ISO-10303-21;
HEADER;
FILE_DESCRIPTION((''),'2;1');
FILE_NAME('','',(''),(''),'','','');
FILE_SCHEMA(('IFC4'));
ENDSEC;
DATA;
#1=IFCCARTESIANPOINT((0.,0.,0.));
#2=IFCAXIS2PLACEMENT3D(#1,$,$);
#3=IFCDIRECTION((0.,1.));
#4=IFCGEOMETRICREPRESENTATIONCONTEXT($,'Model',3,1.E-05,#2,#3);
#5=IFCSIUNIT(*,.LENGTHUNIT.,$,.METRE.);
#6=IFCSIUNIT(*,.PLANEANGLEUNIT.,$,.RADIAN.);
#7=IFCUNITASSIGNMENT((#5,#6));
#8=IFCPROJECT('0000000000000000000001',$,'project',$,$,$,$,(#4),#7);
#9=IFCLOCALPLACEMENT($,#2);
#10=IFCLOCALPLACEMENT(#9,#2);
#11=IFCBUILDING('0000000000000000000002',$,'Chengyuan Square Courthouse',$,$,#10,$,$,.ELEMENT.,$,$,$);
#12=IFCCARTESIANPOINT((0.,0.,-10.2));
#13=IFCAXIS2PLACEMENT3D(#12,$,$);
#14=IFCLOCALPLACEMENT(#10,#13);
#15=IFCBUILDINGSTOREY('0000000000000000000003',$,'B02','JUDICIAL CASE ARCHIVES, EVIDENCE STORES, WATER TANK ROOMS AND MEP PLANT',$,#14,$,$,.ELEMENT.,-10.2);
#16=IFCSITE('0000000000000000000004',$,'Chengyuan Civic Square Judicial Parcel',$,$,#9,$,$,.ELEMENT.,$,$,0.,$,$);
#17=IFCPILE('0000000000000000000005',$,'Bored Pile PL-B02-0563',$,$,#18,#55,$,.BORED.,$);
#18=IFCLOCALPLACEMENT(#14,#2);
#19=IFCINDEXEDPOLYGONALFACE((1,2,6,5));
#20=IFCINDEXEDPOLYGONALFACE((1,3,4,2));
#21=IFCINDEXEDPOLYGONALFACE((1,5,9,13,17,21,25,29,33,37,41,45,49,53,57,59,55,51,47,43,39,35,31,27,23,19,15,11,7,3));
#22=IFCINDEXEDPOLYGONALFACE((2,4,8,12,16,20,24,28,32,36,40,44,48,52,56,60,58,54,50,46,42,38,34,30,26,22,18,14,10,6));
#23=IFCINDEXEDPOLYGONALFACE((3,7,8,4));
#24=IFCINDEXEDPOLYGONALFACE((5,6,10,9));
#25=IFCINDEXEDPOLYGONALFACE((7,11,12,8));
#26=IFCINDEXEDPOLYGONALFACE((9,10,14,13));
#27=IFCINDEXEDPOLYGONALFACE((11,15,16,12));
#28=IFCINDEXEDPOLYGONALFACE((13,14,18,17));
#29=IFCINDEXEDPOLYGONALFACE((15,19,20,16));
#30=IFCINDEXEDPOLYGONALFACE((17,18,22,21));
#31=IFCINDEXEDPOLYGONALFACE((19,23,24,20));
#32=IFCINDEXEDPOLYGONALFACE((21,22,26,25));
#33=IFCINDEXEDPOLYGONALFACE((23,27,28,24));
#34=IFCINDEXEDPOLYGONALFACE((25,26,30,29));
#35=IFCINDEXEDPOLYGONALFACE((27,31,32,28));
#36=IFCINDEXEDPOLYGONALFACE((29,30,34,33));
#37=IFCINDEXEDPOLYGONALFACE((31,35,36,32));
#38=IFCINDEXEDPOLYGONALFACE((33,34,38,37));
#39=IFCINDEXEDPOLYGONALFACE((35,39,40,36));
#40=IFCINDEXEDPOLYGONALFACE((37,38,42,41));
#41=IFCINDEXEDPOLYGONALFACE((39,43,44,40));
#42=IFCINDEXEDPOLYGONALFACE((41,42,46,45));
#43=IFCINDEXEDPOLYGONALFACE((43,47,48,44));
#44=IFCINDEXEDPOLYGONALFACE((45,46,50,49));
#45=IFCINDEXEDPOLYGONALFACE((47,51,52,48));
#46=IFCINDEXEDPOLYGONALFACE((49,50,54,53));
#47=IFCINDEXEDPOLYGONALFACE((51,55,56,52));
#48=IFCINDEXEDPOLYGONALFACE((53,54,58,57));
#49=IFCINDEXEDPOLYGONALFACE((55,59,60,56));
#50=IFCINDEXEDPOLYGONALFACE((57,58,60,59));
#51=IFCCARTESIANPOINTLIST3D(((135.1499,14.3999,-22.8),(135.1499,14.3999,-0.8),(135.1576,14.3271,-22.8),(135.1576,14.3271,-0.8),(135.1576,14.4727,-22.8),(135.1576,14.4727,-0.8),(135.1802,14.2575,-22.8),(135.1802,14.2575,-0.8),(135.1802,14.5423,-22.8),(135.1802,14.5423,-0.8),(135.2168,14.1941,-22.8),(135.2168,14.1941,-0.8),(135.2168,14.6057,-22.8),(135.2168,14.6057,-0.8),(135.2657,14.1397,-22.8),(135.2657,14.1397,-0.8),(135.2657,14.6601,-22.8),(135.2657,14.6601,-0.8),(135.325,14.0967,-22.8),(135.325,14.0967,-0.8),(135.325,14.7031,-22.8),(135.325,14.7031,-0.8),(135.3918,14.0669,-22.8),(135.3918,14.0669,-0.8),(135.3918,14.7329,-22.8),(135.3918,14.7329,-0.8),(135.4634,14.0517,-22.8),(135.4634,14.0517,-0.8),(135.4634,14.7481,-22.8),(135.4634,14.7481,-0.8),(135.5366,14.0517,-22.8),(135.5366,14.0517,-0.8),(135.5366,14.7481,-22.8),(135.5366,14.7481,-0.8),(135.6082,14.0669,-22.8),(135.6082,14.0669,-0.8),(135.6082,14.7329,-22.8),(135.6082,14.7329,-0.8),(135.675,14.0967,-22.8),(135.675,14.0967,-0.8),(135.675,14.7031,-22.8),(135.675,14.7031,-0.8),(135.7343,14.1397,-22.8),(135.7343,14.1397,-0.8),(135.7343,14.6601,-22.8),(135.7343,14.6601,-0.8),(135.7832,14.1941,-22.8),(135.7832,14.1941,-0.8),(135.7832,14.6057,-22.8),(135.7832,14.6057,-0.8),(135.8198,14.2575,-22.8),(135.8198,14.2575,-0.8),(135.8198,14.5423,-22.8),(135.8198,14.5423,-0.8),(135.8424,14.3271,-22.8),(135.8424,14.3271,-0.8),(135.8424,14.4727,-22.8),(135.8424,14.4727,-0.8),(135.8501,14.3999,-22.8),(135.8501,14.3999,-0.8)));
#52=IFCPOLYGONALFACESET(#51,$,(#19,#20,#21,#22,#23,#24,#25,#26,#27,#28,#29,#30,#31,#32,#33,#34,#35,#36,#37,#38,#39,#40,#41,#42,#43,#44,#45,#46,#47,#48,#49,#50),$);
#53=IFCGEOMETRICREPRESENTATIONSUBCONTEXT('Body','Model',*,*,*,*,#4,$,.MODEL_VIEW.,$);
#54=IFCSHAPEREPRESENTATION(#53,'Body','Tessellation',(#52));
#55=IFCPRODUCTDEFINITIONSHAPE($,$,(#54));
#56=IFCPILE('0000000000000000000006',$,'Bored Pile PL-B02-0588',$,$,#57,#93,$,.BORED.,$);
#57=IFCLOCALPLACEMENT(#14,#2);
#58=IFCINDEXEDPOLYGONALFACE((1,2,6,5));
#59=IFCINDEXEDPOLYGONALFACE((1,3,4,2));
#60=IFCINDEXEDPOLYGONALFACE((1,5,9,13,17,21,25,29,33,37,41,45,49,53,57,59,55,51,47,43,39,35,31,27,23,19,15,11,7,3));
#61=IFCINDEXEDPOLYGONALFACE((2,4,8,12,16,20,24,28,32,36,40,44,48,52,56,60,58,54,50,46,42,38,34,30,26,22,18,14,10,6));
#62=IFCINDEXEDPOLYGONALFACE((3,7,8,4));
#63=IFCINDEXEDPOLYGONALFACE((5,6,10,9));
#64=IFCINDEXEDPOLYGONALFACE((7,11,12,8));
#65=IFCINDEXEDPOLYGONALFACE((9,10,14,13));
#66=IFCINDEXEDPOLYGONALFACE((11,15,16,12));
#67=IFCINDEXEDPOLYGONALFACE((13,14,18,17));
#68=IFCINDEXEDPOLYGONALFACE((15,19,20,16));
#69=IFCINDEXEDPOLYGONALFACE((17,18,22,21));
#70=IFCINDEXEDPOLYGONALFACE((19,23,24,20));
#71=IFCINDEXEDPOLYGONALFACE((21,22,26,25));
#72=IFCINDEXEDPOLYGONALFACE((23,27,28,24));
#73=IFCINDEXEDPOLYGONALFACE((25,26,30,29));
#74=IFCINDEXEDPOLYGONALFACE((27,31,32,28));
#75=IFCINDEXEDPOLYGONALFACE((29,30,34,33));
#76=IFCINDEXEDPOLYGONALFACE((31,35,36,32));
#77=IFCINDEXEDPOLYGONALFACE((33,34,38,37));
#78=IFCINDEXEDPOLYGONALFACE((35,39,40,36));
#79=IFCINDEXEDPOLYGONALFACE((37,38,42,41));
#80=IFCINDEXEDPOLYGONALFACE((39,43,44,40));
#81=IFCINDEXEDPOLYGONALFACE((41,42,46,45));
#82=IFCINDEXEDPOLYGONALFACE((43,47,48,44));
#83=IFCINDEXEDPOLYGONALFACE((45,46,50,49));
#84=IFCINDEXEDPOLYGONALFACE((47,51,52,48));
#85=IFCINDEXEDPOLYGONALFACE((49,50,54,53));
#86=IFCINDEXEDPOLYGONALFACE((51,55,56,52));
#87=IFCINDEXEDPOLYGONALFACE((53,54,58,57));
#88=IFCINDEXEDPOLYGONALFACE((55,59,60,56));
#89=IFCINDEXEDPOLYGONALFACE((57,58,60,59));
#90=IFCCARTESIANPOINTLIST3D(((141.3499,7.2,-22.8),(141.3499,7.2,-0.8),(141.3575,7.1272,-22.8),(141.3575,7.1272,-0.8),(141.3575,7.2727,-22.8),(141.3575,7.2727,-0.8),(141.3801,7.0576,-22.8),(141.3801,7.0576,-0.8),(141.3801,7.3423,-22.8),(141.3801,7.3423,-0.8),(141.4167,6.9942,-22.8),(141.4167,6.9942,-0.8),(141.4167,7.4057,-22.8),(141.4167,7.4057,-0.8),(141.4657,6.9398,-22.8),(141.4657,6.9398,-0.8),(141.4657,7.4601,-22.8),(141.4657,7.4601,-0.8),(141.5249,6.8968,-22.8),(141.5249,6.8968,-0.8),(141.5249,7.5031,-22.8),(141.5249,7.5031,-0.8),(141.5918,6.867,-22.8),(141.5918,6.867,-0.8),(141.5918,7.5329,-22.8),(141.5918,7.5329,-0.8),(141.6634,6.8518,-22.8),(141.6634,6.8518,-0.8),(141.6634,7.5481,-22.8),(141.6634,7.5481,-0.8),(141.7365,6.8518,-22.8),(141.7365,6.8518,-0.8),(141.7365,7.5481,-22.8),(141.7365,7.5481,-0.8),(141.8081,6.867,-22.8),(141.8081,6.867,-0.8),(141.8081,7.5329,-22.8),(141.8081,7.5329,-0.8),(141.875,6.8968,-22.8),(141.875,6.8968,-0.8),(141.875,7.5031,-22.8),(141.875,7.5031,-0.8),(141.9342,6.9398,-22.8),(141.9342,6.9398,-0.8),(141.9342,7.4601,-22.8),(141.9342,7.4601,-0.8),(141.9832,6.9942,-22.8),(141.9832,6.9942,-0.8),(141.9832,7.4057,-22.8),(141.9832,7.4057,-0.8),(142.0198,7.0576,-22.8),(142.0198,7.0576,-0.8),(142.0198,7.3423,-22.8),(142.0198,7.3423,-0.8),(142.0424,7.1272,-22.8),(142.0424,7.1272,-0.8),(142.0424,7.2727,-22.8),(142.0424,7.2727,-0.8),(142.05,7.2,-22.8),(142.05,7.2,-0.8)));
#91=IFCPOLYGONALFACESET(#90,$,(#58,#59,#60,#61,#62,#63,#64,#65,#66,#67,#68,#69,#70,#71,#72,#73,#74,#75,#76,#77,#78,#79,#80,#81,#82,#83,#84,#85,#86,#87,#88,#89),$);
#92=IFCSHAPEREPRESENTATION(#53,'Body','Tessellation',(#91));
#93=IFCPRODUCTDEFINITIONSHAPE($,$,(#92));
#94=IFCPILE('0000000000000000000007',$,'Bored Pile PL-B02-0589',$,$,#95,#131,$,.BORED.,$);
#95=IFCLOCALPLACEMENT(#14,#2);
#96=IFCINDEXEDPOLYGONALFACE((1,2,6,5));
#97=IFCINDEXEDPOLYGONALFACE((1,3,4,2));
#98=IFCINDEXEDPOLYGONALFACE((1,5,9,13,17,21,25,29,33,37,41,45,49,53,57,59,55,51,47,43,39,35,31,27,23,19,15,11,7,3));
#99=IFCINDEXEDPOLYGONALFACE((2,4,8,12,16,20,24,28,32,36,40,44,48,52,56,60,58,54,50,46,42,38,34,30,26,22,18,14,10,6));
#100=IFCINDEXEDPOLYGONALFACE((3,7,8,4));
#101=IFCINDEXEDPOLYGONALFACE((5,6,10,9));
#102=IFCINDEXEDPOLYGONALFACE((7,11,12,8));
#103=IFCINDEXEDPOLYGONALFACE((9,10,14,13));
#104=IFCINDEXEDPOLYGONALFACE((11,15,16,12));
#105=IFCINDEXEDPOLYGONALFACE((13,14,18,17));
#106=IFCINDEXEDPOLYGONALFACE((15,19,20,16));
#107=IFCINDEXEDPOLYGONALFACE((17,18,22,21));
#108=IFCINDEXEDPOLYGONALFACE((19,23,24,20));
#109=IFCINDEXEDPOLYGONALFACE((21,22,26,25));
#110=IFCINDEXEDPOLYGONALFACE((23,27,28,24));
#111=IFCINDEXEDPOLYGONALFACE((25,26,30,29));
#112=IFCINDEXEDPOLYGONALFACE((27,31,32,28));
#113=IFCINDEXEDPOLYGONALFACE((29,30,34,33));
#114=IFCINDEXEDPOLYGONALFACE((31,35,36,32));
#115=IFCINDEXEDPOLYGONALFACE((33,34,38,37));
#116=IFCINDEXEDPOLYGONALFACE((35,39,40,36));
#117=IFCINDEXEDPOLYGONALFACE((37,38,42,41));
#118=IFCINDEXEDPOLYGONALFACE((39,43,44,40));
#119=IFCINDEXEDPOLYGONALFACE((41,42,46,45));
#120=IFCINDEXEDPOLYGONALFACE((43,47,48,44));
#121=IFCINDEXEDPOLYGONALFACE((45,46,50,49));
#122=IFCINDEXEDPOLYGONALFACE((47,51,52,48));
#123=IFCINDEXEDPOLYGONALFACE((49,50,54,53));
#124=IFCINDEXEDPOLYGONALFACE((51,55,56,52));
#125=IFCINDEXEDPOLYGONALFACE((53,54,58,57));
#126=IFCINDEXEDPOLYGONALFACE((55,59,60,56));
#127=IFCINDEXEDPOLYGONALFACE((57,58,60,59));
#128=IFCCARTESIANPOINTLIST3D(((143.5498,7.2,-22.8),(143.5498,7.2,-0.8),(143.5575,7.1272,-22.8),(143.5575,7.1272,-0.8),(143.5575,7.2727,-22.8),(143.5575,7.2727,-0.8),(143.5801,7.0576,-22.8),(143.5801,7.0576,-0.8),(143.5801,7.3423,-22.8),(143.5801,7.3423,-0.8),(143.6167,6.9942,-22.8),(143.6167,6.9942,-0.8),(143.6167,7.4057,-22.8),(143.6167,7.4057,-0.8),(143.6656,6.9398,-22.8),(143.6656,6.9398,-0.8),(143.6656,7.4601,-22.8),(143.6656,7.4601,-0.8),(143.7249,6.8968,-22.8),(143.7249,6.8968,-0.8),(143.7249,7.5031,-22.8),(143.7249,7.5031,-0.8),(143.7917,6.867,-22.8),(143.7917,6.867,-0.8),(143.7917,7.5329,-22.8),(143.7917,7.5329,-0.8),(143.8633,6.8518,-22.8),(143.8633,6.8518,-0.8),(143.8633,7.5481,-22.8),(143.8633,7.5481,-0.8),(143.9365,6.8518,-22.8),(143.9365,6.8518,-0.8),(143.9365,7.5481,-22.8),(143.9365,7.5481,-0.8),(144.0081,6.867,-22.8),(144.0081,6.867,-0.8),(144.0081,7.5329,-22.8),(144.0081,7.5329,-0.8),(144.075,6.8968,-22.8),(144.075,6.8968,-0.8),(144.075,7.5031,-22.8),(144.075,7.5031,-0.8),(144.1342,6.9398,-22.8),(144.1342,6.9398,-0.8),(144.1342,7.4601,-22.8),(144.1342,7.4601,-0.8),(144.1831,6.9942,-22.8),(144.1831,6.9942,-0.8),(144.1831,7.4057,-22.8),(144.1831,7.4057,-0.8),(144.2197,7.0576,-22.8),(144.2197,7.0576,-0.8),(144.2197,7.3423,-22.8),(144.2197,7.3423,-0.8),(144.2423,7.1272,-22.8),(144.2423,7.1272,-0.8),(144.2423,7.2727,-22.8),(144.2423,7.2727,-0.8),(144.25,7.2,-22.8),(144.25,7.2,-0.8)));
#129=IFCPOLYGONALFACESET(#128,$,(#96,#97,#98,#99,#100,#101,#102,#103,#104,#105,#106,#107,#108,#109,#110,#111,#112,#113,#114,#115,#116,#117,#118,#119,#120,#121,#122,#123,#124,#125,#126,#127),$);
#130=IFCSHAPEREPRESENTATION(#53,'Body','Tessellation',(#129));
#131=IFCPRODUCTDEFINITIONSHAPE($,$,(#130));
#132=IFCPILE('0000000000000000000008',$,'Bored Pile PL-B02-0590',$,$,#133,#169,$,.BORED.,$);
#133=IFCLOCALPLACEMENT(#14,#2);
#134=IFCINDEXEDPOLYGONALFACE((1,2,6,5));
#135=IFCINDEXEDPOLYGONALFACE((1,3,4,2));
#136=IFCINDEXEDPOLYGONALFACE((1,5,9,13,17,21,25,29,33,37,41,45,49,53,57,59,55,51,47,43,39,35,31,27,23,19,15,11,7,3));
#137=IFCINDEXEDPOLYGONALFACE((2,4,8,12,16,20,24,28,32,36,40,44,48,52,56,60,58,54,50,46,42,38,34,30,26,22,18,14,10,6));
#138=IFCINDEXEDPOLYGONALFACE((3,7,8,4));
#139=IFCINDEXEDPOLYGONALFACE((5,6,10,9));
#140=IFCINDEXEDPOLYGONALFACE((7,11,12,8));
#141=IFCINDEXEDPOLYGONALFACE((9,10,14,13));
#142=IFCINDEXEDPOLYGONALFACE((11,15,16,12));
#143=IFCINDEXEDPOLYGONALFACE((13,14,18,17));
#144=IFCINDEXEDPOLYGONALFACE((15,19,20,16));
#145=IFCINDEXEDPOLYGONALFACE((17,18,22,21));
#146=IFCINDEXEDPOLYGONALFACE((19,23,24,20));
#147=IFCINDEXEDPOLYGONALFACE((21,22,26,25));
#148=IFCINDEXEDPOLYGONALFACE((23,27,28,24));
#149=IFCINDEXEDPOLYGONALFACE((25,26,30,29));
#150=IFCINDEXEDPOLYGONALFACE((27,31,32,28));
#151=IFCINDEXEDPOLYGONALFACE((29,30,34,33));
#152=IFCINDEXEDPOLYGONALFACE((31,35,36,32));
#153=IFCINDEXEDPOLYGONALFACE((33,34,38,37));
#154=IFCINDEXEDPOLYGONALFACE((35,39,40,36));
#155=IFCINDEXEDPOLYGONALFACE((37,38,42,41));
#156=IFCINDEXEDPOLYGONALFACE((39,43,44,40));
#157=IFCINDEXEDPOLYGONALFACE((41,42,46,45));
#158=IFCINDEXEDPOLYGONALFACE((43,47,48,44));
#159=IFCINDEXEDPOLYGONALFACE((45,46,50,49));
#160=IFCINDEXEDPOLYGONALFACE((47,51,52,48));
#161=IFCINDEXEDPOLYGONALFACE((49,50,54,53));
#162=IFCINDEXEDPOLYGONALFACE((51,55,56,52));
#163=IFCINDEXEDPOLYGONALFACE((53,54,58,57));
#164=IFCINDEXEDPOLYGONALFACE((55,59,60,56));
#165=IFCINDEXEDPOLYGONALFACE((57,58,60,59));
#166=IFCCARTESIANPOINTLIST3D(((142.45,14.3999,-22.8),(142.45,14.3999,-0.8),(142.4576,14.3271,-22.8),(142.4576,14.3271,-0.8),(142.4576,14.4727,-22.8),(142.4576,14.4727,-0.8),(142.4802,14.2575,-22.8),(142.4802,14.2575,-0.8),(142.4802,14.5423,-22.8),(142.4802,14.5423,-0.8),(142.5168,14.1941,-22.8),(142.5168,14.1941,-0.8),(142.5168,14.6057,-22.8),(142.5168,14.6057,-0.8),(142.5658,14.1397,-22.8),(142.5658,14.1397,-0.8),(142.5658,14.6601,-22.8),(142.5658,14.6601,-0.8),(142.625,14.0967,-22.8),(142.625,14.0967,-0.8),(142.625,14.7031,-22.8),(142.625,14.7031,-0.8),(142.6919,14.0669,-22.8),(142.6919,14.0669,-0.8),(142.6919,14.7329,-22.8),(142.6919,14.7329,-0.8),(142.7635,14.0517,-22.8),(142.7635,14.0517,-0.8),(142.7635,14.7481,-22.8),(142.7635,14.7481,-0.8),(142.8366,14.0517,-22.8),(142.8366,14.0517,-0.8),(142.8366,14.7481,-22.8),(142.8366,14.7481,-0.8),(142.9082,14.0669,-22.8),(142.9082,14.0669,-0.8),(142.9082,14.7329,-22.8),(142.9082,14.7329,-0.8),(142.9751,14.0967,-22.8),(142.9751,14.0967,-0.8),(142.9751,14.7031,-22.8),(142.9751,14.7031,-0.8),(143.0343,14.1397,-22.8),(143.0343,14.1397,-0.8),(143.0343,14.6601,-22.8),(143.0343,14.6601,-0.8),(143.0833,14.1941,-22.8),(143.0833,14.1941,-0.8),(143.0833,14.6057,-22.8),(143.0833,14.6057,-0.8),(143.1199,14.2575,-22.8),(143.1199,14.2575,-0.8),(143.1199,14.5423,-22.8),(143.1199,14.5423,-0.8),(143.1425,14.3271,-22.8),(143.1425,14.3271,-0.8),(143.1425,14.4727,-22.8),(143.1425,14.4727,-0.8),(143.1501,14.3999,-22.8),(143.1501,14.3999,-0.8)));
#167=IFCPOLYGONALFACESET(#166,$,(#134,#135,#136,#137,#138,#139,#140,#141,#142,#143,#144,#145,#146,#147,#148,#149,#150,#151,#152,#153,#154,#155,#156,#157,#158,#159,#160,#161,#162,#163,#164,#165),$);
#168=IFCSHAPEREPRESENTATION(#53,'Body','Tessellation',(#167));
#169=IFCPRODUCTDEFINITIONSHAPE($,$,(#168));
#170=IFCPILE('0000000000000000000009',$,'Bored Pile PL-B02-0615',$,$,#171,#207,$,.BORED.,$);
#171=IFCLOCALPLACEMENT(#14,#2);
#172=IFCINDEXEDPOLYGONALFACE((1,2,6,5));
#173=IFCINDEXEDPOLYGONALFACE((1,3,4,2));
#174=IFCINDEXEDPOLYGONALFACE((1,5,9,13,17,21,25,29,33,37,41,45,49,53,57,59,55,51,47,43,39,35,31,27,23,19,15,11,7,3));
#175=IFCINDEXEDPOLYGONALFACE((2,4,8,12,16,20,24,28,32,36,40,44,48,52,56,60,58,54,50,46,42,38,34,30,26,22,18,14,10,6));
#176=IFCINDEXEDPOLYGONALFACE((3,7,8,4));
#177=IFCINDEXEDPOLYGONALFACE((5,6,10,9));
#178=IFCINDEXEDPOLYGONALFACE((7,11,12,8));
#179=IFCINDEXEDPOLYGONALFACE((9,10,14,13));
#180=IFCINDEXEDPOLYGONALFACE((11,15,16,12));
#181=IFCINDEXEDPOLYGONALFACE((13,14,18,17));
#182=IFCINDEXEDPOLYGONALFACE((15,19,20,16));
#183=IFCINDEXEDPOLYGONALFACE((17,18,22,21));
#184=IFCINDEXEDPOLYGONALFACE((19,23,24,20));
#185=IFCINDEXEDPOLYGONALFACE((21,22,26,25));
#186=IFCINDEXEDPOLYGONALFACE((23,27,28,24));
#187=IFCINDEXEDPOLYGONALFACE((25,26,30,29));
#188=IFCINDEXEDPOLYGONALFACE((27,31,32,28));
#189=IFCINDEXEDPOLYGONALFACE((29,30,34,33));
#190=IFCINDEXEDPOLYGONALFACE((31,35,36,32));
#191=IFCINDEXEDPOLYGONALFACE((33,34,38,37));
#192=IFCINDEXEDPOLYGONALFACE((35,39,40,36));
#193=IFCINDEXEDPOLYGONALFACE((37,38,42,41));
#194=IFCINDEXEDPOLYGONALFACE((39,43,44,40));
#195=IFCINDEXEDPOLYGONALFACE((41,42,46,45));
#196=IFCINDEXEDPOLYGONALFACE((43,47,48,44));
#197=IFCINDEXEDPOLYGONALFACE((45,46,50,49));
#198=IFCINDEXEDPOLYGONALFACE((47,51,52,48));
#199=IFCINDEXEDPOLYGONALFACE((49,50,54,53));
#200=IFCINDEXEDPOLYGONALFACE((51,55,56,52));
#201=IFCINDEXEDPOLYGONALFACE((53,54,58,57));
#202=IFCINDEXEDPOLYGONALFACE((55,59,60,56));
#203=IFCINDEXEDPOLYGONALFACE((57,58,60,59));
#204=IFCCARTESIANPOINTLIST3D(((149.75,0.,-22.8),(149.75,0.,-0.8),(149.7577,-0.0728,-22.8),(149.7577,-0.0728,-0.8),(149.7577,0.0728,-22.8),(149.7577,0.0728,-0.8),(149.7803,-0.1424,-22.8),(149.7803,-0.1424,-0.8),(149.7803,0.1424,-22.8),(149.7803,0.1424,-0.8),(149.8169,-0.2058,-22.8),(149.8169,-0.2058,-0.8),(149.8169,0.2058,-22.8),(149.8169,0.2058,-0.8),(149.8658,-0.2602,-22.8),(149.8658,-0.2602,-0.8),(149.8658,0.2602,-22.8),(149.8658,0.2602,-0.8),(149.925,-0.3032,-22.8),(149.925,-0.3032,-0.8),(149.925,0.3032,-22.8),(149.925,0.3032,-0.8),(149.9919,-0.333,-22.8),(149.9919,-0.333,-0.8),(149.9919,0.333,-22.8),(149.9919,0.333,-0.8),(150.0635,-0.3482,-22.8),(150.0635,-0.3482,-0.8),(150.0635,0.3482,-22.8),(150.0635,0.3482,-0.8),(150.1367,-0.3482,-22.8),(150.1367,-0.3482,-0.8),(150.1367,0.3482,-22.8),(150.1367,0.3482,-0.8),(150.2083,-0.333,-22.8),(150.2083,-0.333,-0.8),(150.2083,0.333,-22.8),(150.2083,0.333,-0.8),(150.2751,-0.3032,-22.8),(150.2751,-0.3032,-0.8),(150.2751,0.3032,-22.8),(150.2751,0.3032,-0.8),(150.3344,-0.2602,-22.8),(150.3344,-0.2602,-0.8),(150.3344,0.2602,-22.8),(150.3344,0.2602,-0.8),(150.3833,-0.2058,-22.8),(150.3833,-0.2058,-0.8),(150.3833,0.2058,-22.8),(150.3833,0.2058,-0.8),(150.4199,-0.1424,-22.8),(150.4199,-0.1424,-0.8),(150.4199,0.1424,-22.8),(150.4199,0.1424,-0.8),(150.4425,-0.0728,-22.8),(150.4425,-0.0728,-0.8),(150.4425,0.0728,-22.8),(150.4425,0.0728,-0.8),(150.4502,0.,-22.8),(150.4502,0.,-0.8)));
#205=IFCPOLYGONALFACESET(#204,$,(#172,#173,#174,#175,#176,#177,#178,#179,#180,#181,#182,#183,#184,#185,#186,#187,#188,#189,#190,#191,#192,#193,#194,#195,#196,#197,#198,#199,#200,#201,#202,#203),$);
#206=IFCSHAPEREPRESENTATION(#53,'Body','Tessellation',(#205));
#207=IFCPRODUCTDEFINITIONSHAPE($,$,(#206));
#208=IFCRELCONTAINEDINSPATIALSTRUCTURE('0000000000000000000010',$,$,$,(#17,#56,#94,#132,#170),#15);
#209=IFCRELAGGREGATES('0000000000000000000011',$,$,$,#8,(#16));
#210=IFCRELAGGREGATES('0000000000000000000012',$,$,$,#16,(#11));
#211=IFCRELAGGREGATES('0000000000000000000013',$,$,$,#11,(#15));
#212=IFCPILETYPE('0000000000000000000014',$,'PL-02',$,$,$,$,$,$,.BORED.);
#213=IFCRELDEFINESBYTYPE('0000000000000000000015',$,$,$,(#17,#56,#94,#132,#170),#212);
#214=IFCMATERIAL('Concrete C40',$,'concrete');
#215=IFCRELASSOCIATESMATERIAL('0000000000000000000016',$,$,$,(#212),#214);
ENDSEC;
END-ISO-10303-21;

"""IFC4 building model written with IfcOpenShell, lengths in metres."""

from ifc_helpers import new_model, si_unit, direction, frame, origin, origin_2d, place, context, subcontext, project, spatial, circle, extrude, material, material_profile, profile_set, type_object, element, save


model = new_model("IFC4")

# Units and contexts
model_context = context("Model", 3, precision=1e-05, world=origin(), true_north=direction((0.0, 1.0)))
body_context = subcontext(model_context, "Body", "Model", "MODEL_VIEW")
ifc_project = project(units=[si_unit("LENGTHUNIT", "METRE"), si_unit("PLANEANGLEUNIT", "RADIAN")], contexts=[model_context])

# Site, building, storey
site_placement = place(None, origin())
site = spatial("IfcSite", under=ifc_project, at=site_placement, Name="Chengyuan Civic Square Judicial Parcel", CompositionType="ELEMENT", RefElevation=0.0)
building_placement = place(site_placement, origin())
building = spatial("IfcBuilding", under=site, at=building_placement, Name="Chengyuan Square Courthouse", CompositionType="ELEMENT")
storey_placement = place(building_placement, frame((0.0, 0.0, -10.2)))
storey = spatial("IfcBuildingStorey", under=building, at=storey_placement, Name="B02", Description="JUDICIAL CASE ARCHIVES, EVIDENCE STORES, WATER TANK ROOMS AND MEP PLANT", CompositionType="ELEMENT", Elevation=-10.2)

# Shared definitions
ifc_material_1 = material(Name="Concrete C40", Category="concrete")

# Piles
ifc_material_profile_1 = material_profile(ifc_material_1, circle(Radius=0.3501, at=origin_2d()), Name="BORED PILE D700")
ifc_profile_set_1 = profile_set([ifc_material_profile_1], Name="Concrete C40")
pile_type_1 = type_object("IfcPileType", Name="PL-02", PredefinedType="BORED", material=ifc_profile_set_1)
for number, where, z_axis, x_axis, name in (
    (1, (135.5, 14.3999, -0.8), (0.0, 0.0, -1.0), (1.0, 0.0, 0.0), "Bored Pile PL-B02-0563"),
    (2, (141.7, 7.2, -0.8), (0.0, 0.0, -1.0), (1.0, 0.0, 0.0), "Bored Pile PL-B02-0588"),
    (3, (143.8999, 7.2, -0.8), (0.0, 0.0, -1.0), (1.0, 0.0, 0.0), "Bored Pile PL-B02-0589"),
    (4, (142.8, 14.3999, -0.8), (0.0, 0.0, -1.0), (1.0, 0.0, 0.0), "Bored Pile PL-B02-0590"),
    (5, (150.1001, 0.0, -0.8), (0.0, 0.0, -1.0), (1.0, 0.0, 0.0), "Bored Pile PL-B02-0615"),
):
    element("IfcPile", number, at=place(storey_placement, frame(where, z_axis=z_axis, x_axis=x_axis)), inside=storey, type_object=pile_type_1, Name=name, PredefinedType="BORED", context=body_context, shape_type="SweptSolid", body=[
        extrude(circle(Radius=0.3501, at=origin_2d()), origin(), (0.0, 0.0, 1.0), 22.0),
    ])

save(model, "model.ifc")
